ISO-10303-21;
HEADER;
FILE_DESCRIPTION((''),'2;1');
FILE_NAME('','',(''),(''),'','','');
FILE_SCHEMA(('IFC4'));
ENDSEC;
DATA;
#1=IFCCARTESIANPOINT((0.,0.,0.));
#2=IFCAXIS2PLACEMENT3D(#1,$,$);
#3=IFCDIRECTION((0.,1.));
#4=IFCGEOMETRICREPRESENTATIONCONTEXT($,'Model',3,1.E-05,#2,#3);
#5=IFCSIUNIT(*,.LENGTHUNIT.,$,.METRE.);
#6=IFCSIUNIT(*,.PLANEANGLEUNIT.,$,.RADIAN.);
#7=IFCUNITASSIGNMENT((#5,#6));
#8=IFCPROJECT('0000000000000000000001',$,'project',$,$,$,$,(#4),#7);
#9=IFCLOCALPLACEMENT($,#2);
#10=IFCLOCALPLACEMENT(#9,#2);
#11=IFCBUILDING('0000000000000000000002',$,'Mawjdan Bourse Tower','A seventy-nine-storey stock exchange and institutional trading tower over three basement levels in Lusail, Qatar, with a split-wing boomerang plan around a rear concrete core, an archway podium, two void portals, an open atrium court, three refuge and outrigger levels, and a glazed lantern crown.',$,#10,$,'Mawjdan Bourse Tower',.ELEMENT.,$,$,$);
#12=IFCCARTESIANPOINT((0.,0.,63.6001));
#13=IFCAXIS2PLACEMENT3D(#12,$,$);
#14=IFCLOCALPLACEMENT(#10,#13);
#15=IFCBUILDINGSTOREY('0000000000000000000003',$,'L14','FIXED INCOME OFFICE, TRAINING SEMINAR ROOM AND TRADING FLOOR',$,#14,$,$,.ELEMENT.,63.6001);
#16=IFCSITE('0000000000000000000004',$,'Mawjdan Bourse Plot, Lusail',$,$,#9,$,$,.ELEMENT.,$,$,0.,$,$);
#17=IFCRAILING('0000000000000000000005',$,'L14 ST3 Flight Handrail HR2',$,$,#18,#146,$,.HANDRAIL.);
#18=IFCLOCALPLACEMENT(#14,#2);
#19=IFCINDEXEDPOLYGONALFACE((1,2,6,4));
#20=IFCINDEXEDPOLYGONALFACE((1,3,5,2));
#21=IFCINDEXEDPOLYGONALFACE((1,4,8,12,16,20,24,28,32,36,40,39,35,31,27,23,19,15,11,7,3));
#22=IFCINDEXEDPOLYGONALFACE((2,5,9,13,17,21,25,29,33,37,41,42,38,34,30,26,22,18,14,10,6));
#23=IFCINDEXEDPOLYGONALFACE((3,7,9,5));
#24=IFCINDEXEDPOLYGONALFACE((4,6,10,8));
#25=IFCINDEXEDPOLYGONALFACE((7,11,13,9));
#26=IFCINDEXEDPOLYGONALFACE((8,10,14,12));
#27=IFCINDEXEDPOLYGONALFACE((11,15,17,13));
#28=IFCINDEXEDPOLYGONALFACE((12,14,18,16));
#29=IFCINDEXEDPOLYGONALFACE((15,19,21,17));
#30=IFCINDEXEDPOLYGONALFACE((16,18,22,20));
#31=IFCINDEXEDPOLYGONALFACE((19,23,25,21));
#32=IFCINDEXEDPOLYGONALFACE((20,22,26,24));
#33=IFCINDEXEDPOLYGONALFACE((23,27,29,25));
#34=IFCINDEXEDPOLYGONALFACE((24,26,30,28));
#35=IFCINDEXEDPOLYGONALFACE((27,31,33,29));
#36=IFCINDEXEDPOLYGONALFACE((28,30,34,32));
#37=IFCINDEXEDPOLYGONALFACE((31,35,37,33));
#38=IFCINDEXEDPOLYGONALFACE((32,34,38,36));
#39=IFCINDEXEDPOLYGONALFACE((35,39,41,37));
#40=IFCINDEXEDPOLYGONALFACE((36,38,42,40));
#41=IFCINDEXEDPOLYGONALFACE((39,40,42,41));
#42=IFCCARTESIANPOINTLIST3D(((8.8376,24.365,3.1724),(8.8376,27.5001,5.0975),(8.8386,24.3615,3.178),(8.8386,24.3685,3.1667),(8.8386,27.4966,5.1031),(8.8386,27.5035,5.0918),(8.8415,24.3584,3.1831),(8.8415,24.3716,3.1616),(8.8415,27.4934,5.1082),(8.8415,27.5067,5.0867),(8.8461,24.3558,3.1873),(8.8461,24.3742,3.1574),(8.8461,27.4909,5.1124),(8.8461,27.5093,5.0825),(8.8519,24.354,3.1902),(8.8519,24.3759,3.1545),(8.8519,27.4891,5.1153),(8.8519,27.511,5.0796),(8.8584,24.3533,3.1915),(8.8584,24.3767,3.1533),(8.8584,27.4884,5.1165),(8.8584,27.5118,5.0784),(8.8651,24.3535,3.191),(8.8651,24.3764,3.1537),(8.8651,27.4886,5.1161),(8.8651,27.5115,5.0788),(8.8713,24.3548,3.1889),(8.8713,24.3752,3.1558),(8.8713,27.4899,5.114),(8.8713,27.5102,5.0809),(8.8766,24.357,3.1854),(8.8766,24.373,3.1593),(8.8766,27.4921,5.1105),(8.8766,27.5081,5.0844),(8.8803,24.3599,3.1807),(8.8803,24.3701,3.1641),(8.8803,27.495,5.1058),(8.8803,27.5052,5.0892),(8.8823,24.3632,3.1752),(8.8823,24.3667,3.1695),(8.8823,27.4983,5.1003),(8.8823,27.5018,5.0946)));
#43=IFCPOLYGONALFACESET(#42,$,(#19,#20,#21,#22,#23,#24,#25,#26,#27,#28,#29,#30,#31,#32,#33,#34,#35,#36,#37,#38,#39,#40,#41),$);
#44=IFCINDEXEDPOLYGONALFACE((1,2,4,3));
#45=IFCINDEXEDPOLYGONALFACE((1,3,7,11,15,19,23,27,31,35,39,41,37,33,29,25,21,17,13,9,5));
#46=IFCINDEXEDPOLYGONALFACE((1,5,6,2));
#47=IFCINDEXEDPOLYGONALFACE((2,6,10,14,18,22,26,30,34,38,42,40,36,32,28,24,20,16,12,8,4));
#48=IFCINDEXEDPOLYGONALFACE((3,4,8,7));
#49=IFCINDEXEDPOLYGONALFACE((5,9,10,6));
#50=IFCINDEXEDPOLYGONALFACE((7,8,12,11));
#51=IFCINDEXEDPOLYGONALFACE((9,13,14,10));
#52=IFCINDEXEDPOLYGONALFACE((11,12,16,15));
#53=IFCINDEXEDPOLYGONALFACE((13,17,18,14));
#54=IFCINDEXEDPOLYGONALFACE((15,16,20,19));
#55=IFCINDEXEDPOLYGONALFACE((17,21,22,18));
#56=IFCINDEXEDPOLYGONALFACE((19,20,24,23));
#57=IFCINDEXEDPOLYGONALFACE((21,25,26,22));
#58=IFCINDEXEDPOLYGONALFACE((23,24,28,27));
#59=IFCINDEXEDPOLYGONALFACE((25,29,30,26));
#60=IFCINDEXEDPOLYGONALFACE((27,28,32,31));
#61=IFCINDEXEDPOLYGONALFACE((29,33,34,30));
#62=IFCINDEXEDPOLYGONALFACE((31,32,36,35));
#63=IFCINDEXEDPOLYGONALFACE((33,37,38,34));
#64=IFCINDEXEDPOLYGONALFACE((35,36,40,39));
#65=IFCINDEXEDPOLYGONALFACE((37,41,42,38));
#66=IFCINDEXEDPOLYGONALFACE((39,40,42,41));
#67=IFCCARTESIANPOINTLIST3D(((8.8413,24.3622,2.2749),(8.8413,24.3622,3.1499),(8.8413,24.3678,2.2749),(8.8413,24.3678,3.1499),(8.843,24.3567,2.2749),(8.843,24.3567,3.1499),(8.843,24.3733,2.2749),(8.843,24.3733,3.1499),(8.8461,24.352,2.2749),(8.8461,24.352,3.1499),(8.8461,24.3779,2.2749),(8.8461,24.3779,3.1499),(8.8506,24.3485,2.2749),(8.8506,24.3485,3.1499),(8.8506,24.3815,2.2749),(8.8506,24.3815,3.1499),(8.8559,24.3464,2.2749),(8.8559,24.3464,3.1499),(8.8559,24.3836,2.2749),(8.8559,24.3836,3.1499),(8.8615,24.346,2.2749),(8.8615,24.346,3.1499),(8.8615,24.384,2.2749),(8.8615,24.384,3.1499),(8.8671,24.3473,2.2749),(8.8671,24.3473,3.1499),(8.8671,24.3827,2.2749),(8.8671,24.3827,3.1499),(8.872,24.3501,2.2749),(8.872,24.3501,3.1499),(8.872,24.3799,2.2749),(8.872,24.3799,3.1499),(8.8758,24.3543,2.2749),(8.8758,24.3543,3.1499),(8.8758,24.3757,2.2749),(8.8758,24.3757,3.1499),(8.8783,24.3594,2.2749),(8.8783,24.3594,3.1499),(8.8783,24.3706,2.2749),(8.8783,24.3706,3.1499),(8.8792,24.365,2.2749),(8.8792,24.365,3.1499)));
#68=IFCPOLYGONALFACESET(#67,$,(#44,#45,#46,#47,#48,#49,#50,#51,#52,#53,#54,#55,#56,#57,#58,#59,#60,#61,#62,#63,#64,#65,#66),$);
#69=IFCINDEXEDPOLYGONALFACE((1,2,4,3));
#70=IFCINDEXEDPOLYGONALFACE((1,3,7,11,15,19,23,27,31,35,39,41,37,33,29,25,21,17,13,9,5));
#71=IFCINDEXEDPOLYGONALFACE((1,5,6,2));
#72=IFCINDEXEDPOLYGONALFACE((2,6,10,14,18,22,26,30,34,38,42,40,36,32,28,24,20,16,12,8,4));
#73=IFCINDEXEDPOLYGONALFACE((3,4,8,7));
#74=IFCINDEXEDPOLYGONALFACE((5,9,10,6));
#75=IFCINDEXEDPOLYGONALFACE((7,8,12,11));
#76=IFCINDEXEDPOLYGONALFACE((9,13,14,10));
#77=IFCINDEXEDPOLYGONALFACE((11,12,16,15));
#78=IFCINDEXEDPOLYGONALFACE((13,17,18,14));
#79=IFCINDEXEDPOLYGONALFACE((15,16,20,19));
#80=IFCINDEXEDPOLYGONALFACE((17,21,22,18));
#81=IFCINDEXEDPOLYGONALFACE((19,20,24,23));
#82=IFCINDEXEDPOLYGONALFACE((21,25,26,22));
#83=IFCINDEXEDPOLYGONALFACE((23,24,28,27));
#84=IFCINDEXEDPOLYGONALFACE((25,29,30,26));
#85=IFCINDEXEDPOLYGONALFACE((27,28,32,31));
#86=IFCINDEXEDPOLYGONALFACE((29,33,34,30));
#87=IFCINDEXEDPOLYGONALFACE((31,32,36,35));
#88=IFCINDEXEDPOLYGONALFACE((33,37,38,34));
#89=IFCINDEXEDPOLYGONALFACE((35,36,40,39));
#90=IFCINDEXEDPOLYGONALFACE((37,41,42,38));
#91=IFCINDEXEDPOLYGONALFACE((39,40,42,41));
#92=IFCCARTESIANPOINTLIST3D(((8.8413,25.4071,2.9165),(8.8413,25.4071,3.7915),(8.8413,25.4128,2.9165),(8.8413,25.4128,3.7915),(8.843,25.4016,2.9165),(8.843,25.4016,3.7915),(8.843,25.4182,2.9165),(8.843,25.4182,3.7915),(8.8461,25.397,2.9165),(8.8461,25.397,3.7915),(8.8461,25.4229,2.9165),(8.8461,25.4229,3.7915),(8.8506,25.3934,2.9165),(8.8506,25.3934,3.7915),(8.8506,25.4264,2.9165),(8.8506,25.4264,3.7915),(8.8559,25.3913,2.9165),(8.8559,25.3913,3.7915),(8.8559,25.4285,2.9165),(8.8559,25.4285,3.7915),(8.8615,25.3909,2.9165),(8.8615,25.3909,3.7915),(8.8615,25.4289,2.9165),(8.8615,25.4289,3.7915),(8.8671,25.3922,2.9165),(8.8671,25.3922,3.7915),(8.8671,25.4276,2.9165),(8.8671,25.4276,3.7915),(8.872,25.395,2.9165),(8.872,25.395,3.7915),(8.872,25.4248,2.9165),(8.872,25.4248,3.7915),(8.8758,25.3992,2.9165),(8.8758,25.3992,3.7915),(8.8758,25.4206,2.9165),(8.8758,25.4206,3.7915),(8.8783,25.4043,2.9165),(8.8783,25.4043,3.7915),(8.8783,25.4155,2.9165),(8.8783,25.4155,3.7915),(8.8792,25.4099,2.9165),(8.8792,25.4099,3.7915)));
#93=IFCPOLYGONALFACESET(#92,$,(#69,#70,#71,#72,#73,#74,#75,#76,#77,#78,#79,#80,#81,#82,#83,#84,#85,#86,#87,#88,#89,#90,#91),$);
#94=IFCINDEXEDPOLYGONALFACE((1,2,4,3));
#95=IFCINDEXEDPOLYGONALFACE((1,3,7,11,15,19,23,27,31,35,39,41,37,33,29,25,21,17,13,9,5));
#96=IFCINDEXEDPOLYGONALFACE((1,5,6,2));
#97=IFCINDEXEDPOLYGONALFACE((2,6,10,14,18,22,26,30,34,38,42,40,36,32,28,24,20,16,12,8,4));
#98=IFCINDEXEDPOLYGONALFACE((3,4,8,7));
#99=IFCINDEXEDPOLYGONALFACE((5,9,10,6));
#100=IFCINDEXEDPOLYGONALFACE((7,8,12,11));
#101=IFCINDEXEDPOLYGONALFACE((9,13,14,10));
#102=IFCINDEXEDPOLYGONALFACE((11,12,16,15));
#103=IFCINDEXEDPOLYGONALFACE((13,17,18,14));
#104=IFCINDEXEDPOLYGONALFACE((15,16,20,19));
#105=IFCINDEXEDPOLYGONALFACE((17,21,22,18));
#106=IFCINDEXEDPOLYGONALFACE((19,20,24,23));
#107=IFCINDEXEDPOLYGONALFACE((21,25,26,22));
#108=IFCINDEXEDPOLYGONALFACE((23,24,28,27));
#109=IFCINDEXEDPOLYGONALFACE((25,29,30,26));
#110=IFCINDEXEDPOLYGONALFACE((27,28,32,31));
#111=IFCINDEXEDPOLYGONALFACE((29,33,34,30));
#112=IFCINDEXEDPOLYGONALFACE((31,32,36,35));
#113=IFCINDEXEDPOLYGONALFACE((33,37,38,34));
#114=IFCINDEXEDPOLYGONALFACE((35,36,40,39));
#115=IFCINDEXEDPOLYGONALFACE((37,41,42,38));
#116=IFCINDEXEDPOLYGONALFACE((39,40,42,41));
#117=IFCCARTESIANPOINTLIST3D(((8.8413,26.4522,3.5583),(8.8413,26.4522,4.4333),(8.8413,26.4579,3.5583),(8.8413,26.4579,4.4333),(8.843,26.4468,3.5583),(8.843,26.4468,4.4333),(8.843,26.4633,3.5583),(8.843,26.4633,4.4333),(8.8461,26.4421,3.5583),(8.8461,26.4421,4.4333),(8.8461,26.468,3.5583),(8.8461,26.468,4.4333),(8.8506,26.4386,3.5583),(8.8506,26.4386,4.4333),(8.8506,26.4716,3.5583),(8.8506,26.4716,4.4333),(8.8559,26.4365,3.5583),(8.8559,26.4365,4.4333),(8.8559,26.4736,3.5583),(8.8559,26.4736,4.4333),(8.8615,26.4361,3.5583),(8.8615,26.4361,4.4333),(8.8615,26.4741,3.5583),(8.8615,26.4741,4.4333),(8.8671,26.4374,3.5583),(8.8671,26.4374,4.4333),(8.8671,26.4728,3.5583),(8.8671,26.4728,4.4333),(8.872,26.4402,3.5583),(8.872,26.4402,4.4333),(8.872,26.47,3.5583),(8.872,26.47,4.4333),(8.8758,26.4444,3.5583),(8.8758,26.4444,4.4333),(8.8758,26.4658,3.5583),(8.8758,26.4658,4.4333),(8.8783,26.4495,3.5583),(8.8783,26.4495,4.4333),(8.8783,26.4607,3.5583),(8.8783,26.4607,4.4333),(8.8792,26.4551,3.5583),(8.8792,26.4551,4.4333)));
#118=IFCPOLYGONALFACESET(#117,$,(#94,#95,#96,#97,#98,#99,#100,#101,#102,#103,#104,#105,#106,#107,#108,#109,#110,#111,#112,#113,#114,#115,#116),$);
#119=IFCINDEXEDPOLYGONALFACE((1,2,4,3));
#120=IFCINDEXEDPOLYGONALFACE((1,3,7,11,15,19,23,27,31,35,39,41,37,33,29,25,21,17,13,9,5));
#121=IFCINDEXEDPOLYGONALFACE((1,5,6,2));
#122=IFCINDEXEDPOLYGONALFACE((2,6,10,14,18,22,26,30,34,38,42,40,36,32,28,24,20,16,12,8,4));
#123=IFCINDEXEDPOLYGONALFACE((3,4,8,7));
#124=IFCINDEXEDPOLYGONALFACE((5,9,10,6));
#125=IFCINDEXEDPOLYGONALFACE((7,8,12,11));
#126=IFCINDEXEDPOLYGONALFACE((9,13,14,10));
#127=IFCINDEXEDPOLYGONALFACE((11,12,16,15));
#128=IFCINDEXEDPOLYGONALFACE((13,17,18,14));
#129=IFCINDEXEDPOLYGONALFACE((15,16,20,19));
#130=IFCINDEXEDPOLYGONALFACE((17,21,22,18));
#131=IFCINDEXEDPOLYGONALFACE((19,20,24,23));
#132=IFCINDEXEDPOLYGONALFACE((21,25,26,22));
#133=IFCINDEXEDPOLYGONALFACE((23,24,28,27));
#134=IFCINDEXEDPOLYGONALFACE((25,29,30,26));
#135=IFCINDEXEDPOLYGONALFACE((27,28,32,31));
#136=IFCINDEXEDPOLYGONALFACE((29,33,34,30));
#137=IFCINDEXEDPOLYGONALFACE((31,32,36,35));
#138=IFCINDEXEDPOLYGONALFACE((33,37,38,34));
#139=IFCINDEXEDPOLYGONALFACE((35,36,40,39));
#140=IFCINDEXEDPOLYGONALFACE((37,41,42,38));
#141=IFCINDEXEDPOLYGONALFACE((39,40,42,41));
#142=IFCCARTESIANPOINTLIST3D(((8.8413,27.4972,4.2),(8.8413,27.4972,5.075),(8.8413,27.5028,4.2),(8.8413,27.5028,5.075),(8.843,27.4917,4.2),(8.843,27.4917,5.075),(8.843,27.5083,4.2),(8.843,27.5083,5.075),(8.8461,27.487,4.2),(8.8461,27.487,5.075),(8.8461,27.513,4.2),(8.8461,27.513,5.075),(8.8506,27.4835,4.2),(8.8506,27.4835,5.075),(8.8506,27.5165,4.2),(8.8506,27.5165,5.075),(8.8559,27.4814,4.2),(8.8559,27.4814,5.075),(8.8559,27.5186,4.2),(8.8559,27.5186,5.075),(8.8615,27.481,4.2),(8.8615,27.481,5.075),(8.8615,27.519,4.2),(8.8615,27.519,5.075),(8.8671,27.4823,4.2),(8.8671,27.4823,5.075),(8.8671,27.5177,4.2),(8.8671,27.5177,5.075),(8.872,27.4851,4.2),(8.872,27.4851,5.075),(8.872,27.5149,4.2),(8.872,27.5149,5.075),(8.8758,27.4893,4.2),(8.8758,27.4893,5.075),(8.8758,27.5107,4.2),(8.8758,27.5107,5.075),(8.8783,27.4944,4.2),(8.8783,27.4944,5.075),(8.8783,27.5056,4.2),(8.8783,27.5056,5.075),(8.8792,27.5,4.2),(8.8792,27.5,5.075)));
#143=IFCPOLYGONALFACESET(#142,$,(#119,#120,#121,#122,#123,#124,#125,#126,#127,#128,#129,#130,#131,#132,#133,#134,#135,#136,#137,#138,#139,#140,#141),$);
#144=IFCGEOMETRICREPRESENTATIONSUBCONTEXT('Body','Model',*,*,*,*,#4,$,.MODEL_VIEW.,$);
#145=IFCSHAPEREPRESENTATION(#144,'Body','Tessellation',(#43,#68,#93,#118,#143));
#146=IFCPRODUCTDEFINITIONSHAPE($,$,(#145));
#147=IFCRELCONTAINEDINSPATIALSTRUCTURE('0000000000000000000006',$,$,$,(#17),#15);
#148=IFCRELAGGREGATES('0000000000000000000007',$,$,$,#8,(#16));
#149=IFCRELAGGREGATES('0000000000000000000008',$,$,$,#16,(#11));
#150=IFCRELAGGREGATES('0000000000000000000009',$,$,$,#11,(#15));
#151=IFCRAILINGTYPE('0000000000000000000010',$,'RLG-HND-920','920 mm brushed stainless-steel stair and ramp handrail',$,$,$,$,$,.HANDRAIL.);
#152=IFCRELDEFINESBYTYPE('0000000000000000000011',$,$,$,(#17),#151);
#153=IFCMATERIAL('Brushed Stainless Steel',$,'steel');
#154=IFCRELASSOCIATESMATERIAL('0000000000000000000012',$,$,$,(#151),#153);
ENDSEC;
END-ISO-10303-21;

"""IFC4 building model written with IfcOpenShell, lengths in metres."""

from ifc_helpers import new_model, si_unit, direction, frame, origin, origin_2d, place, context, subcontext, project, spatial, circle, extrude, material, type_object, element, save


model = new_model("IFC4")

# Units and contexts
model_context = context("Model", 3, precision=1e-05, world=origin(), true_north=direction((0.0, 1.0)))
body_context = subcontext(model_context, "Body", "Model", "MODEL_VIEW")
ifc_project = project(units=[si_unit("LENGTHUNIT", "METRE"), si_unit("PLANEANGLEUNIT", "RADIAN")], contexts=[model_context])

# Site, building, storey
site_placement = place(None, origin())
site = spatial("IfcSite", under=ifc_project, at=site_placement, Name="Mawjdan Bourse Plot, Lusail", CompositionType="ELEMENT", RefElevation=0.0)
building_placement = place(site_placement, origin())
building = spatial("IfcBuilding", under=site, at=building_placement, Name="Mawjdan Bourse Tower", Description="A seventy-nine-storey stock exchange and institutional trading tower over three basement levels in Lusail, Qatar, with a split-wing boomerang plan around a rear concrete core, an archway podium, two void portals, an open atrium court, three refuge and outrigger levels, and a glazed lantern crown.", LongName="Mawjdan Bourse Tower", CompositionType="ELEMENT")
storey_placement = place(building_placement, frame((0.0, 0.0, 63.6001)))
storey = spatial("IfcBuildingStorey", under=building, at=storey_placement, Name="L14", Description="FIXED INCOME OFFICE, TRAINING SEMINAR ROOM AND TRADING FLOOR", CompositionType="ELEMENT", Elevation=63.6001)

# Railing
ifc_material_1 = material(Name="Brushed Stainless Steel", Category="steel")
railing_type_1 = type_object("IfcRailingType", Name="RLG-HND-920", Description="920 mm brushed stainless-steel stair and ramp handrail", PredefinedType="HANDRAIL", material=ifc_material_1)
railing_1_placement = place(storey_placement, frame((8.8601, 24.365, 2.2749)))
element("IfcRailing", 1, at=railing_1_placement, inside=storey, type_object=railing_type_1, Name="L14 ST3 Flight Handrail HR2", PredefinedType="HANDRAIL", context=body_context, shape_type="SweptSolid", body=[
    extrude(circle(Radius=0.0225, at=origin_2d()), frame((0.0, 0.0, 0.8975), z_axis=(0.0, 0.852166, 0.523271), x_axis=(-1.0, 0.0, 0.0)), (0.0, 0.0, 1.0), 3.679),
    extrude(circle(Radius=0.019, at=origin_2d()), origin(), (0.0, 0.0, 1.0), 0.875),
    extrude(circle(Radius=0.019, at=origin_2d()), frame((0.0, 1.0449, 0.6416)), (0.0, 0.0, 1.0), 0.875),
    extrude(circle(Radius=0.019, at=origin_2d()), frame((0.0, 2.0901, 1.2834)), (0.0, 0.0, 1.0), 0.875),
    extrude(circle(Radius=0.019, at=origin_2d()), frame((0.0, 3.135, 1.925)), (0.0, 0.0, 1.0), 0.875),
])

save(model, "model.ifc")
